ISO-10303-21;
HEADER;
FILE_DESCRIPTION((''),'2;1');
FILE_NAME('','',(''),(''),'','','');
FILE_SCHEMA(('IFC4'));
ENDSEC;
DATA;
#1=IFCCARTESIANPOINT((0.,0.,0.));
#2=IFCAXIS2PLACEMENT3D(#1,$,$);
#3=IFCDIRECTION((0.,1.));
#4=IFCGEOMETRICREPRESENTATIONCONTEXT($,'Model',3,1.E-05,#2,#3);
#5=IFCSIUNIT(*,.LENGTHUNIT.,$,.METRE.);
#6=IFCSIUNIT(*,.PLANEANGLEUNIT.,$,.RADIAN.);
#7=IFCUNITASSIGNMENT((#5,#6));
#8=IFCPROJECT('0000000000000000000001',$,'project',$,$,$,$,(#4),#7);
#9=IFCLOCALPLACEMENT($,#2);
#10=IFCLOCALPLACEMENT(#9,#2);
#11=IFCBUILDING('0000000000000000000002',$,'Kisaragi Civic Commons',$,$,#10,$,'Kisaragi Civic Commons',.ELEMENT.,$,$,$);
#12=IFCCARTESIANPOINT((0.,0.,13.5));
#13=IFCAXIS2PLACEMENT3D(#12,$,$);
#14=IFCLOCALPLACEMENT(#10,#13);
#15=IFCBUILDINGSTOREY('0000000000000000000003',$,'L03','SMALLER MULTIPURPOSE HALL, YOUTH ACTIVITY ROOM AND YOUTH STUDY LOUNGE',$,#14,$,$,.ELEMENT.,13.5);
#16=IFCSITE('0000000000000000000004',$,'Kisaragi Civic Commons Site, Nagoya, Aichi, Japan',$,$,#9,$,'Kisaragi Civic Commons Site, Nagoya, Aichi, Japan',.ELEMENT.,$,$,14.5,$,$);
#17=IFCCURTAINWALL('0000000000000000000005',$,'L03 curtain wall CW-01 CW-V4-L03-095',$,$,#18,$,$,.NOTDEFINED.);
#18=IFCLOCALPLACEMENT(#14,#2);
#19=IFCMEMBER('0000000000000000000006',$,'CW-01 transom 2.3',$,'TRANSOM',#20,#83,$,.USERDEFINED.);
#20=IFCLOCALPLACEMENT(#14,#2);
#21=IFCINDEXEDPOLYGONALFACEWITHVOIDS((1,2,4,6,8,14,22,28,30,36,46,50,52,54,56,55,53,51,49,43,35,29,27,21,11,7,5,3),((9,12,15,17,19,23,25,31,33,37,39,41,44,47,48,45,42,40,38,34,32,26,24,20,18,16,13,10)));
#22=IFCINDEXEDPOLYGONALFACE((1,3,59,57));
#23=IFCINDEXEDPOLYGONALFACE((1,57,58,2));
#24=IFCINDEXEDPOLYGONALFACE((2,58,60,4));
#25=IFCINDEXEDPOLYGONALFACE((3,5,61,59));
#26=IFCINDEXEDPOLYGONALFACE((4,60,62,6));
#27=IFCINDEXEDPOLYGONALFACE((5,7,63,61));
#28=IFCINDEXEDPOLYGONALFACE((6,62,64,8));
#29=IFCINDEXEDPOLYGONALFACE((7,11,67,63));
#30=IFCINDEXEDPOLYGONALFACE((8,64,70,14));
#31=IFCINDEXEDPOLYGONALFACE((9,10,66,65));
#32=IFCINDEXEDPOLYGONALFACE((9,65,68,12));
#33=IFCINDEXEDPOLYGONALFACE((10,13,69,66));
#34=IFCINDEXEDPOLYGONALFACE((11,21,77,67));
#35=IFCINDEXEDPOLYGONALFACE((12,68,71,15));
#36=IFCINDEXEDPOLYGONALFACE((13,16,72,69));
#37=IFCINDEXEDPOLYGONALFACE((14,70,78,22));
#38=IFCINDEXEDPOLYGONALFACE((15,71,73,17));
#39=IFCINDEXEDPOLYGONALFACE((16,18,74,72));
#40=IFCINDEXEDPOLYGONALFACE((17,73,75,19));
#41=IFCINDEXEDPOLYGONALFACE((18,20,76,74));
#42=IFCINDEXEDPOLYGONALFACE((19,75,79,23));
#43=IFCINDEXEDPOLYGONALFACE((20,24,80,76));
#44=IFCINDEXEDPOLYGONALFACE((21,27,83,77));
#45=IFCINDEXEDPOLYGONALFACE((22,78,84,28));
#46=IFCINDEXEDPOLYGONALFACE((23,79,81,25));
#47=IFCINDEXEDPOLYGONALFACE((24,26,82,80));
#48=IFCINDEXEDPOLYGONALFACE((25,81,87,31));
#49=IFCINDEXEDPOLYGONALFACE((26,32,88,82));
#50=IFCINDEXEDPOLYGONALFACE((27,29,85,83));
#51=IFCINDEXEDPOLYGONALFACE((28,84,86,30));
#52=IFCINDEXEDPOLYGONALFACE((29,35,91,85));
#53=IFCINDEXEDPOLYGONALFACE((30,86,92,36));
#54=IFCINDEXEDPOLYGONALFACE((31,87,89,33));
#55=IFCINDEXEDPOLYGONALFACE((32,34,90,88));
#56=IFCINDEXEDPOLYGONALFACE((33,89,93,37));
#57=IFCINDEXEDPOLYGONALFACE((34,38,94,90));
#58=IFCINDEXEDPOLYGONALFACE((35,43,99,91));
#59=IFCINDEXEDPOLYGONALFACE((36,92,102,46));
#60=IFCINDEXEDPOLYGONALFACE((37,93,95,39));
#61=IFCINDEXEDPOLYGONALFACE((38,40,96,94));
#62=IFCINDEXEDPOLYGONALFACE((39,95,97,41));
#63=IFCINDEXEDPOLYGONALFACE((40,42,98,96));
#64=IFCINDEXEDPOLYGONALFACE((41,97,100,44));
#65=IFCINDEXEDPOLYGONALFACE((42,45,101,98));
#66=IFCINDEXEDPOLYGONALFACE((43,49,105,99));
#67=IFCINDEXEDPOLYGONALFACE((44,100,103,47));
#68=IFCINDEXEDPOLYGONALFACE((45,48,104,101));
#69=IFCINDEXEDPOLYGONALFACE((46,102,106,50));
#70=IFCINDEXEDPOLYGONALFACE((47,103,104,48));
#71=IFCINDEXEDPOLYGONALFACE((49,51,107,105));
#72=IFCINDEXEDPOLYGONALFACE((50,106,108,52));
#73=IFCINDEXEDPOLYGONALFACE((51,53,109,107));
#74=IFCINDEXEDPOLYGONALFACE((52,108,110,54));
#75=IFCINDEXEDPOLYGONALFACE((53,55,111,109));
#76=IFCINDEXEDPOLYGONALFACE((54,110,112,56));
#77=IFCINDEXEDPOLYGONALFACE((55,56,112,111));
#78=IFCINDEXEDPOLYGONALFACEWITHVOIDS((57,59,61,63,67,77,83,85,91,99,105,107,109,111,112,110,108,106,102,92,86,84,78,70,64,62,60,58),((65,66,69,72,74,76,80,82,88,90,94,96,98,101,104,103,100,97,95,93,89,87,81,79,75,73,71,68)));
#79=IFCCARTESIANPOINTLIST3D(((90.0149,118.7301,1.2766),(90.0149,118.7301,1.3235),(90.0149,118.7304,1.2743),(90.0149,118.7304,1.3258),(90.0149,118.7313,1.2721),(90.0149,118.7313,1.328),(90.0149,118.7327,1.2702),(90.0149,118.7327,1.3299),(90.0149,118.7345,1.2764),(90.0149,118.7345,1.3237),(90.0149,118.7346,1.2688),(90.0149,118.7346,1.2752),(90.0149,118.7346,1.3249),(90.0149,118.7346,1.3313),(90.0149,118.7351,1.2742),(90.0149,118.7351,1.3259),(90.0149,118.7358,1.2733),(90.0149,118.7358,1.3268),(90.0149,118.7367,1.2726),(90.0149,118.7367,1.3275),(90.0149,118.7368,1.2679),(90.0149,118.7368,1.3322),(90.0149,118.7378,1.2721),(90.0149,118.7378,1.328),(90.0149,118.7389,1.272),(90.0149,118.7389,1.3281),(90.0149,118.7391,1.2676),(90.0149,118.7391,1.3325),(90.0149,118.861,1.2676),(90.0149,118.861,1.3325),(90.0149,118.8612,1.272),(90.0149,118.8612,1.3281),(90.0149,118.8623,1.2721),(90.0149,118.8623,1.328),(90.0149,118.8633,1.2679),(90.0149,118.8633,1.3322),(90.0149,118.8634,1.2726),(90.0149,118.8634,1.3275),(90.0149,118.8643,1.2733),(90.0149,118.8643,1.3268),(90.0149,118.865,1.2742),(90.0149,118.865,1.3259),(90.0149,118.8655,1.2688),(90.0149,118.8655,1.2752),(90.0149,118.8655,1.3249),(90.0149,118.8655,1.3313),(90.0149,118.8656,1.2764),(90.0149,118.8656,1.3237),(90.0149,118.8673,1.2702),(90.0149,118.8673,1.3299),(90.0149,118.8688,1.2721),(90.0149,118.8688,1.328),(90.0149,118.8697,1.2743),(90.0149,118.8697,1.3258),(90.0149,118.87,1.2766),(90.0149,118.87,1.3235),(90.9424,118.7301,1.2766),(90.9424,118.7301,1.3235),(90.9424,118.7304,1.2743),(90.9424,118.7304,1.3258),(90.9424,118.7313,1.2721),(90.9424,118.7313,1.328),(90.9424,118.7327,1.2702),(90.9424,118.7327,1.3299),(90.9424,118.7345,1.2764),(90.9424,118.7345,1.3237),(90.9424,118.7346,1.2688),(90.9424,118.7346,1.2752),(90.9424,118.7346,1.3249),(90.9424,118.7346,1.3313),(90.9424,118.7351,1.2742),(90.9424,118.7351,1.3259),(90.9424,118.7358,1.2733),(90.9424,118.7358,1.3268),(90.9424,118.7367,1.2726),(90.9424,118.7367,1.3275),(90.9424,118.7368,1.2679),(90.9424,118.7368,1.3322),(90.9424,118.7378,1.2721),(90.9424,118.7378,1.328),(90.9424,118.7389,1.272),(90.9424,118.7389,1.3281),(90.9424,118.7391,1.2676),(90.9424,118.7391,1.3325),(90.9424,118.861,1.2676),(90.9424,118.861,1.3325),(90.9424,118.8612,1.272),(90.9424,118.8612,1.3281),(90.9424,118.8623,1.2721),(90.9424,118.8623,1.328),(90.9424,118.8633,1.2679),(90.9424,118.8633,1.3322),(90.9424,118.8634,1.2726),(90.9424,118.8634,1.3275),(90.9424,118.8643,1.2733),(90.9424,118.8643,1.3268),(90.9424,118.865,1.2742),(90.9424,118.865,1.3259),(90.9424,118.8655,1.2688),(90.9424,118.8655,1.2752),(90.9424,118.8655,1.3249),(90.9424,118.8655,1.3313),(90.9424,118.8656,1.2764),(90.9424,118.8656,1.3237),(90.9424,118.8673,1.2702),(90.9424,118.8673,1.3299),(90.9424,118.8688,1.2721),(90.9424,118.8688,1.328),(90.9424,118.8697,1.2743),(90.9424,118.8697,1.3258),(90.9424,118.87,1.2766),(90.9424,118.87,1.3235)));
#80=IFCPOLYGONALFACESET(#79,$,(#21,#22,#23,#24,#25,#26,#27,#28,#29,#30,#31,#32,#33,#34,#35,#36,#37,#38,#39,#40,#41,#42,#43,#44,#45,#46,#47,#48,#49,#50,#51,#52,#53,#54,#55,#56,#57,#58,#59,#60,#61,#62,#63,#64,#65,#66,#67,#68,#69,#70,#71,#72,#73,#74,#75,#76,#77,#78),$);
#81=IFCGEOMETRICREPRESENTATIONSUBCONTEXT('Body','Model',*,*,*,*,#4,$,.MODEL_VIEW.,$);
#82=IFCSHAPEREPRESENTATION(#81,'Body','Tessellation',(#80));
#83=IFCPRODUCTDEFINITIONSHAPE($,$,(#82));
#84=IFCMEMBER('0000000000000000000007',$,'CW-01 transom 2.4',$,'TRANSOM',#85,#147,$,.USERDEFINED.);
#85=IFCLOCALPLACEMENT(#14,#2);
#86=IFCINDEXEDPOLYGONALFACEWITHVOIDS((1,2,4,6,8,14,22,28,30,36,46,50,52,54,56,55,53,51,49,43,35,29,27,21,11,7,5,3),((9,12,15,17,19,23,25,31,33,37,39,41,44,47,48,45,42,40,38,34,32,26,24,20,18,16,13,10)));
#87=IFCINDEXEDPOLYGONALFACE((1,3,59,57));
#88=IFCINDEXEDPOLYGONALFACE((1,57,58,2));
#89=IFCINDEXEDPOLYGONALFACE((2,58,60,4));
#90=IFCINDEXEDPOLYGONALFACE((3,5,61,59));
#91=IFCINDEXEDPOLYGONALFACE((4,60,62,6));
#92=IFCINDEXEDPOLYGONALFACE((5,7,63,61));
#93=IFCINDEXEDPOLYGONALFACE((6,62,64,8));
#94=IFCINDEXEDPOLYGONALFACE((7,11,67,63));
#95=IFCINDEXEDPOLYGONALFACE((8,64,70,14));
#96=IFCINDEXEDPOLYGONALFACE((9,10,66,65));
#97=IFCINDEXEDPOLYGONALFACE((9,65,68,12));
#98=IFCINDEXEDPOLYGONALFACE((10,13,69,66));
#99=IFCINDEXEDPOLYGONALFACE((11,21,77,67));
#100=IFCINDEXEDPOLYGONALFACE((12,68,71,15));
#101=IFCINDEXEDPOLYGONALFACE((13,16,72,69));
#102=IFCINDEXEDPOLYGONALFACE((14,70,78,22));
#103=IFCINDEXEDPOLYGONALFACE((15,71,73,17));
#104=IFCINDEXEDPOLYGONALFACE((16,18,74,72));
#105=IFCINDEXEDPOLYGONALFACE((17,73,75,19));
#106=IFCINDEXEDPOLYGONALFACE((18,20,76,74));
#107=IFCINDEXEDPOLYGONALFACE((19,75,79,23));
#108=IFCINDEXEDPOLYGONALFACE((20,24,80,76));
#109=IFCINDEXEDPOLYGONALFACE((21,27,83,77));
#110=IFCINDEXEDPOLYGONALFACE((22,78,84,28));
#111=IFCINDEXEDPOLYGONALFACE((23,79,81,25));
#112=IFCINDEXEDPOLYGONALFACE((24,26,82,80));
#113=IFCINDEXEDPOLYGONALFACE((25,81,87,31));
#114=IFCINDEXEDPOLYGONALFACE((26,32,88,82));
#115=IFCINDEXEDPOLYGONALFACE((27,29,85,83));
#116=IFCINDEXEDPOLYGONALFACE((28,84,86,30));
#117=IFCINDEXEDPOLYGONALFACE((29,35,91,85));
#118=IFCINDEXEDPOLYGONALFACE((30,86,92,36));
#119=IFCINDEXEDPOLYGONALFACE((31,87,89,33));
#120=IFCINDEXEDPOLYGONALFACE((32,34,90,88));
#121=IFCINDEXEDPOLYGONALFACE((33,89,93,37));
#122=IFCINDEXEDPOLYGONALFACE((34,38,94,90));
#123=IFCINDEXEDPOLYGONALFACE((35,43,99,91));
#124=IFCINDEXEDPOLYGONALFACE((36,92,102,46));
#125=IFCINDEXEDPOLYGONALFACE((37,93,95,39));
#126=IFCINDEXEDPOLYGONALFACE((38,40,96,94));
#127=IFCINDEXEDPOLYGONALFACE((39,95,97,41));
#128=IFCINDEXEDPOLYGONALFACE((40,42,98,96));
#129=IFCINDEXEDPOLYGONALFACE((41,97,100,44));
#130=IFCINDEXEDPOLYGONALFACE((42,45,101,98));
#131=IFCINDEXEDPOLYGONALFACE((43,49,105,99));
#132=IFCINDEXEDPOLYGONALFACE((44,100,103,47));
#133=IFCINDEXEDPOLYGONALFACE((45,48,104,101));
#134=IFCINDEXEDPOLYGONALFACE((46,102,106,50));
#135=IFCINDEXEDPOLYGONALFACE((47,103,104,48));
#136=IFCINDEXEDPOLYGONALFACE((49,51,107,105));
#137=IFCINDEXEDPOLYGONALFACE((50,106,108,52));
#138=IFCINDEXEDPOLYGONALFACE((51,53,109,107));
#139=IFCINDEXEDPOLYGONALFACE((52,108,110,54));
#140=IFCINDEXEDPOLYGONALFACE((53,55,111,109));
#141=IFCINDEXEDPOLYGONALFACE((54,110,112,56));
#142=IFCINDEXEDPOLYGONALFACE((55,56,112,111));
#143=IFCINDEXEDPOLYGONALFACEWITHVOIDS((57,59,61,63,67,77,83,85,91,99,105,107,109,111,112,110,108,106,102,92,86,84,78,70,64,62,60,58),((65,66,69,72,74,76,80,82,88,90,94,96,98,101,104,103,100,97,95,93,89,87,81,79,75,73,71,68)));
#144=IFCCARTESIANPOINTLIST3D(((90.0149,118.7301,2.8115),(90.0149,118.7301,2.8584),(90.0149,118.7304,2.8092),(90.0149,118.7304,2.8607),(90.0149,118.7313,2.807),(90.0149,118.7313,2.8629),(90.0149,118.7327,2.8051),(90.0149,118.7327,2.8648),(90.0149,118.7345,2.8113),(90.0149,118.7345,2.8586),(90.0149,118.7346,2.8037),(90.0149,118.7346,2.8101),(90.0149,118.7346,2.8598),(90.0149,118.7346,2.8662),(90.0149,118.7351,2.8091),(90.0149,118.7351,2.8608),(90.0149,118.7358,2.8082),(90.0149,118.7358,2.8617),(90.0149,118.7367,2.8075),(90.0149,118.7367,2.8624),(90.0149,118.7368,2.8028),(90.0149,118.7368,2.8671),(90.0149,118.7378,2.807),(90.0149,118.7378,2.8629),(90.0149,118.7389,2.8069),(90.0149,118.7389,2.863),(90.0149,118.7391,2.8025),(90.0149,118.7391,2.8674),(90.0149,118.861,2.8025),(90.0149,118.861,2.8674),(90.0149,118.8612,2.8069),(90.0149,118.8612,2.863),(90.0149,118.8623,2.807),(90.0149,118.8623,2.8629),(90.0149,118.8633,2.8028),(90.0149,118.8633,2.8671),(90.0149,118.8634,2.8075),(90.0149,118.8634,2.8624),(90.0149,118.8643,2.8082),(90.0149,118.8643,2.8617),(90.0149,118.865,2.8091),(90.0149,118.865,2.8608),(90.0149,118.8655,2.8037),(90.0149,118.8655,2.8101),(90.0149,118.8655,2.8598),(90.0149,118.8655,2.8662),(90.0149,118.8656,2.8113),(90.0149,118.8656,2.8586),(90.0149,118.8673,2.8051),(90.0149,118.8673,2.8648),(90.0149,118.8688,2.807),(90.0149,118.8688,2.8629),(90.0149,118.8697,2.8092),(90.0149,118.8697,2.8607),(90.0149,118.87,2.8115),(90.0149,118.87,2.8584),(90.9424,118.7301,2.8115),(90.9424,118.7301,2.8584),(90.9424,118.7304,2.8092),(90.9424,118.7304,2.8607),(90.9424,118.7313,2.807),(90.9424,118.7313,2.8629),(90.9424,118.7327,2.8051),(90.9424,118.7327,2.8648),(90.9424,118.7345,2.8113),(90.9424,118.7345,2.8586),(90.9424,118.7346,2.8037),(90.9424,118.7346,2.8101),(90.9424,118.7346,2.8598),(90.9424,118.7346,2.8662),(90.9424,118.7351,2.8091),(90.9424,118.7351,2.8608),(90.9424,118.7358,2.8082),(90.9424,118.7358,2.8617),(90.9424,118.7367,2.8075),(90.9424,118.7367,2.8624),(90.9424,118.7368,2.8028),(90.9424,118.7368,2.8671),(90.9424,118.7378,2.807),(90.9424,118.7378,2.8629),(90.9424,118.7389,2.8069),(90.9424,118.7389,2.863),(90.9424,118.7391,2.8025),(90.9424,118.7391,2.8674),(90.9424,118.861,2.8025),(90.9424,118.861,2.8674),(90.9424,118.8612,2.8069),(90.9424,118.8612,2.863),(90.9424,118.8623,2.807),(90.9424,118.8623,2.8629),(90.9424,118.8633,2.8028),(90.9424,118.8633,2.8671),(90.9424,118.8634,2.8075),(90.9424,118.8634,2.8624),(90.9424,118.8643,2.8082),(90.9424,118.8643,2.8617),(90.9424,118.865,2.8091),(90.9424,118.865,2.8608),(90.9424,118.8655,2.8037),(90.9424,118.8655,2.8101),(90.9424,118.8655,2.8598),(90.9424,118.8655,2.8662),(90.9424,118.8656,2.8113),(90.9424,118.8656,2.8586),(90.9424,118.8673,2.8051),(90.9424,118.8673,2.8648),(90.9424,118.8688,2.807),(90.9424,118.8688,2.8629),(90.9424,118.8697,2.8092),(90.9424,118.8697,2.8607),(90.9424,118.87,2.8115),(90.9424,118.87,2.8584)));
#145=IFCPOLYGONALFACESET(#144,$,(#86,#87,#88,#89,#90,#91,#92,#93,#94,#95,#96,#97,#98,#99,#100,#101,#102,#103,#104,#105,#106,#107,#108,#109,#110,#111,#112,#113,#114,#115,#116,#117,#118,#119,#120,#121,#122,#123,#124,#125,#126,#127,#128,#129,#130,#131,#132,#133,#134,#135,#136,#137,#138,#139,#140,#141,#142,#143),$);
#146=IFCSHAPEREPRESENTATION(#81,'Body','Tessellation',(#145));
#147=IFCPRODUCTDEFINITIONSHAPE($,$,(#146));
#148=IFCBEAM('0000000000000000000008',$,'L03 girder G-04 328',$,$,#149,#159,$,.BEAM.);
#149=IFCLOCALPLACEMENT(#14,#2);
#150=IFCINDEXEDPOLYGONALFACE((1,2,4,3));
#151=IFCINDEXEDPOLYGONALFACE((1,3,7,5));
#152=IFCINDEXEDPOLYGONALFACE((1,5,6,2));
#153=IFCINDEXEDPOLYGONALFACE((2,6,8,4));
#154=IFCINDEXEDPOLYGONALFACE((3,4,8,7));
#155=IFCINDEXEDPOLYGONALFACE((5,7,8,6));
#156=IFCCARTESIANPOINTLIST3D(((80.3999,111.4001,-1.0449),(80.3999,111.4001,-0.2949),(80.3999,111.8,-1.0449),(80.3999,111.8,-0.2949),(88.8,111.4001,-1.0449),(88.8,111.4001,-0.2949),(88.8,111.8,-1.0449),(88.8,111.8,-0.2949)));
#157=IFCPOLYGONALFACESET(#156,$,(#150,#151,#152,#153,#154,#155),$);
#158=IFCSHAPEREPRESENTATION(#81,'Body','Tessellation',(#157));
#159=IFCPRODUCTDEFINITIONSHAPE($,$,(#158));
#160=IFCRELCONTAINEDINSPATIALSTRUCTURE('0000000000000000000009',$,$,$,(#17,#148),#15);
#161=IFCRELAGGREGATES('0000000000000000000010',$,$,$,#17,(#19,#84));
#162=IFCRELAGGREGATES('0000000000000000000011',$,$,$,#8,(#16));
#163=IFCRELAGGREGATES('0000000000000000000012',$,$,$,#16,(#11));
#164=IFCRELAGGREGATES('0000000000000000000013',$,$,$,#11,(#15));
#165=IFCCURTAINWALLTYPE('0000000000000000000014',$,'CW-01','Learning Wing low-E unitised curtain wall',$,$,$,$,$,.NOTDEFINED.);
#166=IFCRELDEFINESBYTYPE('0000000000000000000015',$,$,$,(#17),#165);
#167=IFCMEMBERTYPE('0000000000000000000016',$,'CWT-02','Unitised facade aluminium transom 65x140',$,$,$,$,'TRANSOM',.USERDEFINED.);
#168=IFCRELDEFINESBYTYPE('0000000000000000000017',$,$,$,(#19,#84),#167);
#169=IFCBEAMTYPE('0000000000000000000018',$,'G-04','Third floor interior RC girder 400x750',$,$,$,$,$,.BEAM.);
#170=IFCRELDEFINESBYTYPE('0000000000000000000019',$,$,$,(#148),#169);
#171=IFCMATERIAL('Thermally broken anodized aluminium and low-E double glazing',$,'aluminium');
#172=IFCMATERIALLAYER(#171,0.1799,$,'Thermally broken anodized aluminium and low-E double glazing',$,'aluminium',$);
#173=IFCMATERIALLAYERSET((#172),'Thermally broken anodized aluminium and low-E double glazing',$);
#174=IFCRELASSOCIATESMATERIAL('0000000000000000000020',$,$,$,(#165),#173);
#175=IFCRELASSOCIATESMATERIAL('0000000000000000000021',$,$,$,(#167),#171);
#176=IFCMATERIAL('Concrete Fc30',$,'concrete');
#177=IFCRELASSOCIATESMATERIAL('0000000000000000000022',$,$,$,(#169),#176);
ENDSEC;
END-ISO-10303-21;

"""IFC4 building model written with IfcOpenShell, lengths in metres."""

from ifc_helpers import new_model, si_unit, direction, frame, origin, origin_2d, place, context, subcontext, project, spatial, rectangle, hollow_rectangle, extrude, material, layer, layer_set, material_profile, profile_set, type_object, element, aggregate, save


model = new_model("IFC4")

# Units and contexts
model_context = context("Model", 3, precision=1e-05, world=origin(), true_north=direction((0.0, 1.0)))
body_context = subcontext(model_context, "Body", "Model", "MODEL_VIEW")
ifc_project = project(units=[si_unit("LENGTHUNIT", "METRE"), si_unit("PLANEANGLEUNIT", "RADIAN")], contexts=[model_context])

# Site, building, storey
site_placement = place(None, origin())
site = spatial("IfcSite", under=ifc_project, at=site_placement, Name="Kisaragi Civic Commons Site, Nagoya, Aichi, Japan", LongName="Kisaragi Civic Commons Site, Nagoya, Aichi, Japan", CompositionType="ELEMENT", RefElevation=14.5)
building_placement = place(site_placement, origin())
building = spatial("IfcBuilding", under=site, at=building_placement, Name="Kisaragi Civic Commons", LongName="Kisaragi Civic Commons", CompositionType="ELEMENT")
storey_placement = place(building_placement, frame((0.0, 0.0, 13.5)))
storey = spatial("IfcBuildingStorey", under=building, at=storey_placement, Name="L03", Description="SMALLER MULTIPURPOSE HALL, YOUTH ACTIVITY ROOM AND YOUTH STUDY LOUNGE", CompositionType="ELEMENT", Elevation=13.5)

# Shared definitions
ifc_material_1 = material(Name="Concrete Fc30", Category="concrete")

# Curtain wall, members
ifc_material_2 = material(Name="Thermally broken anodized aluminium and low-E double glazing", Category="aluminium")
ifc_layer_1 = layer(ifc_material_2, 0.1799, Name="Thermally broken anodized aluminium and low-E double glazing", Category="aluminium")
ifc_layer_set_1 = layer_set([ifc_layer_1], Name="Thermally broken anodized aluminium and low-E double glazing")
curtain_wall_type = type_object("IfcCurtainWallType", Name="CW-01", Description="Learning Wing low-E unitised curtain wall", PredefinedType="NOTDEFINED", material=ifc_layer_set_1)
curtain_wall_placement = place(storey_placement, origin())
curtain_wall = element("IfcCurtainWall", 1, at=curtain_wall_placement, inside=storey, type_object=curtain_wall_type, Name="L03 curtain wall CW-01 CW-V4-L03-095", PredefinedType="NOTDEFINED")
ifc_material_profile_1 = material_profile(ifc_material_2, hollow_rectangle(XDim=0.1399, YDim=0.0649, WallThickness=0.0044, InnerFilletRadius=0.0044, OuterFilletRadius=0.009, at=origin_2d()), Name="CWT-65x140x4.5", Category="aluminium")
ifc_profile_set_1 = profile_set([ifc_material_profile_1], Name="Thermally broken anodized aluminium and low-E double glazing")
member_type_1 = type_object("IfcMemberType", Name="CWT-02", Description="Unitised facade aluminium transom 65x140", ElementType="TRANSOM", PredefinedType="USERDEFINED", material=ifc_profile_set_1)
member_1_placement = place(storey_placement, frame((90.0149, 118.8, 1.3), z_axis=(1.0, 0.0, 0.0), x_axis=(0.0, 1.0, 0.0)))
member_1 = element("IfcMember", 2, at=member_1_placement, type_object=member_type_1, Name="CW-01 transom 2.3", ObjectType="TRANSOM", PredefinedType="USERDEFINED", context=body_context, shape_type="SweptSolid", body=[
    extrude(hollow_rectangle(XDim=0.1399, YDim=0.0649, WallThickness=0.0044, InnerFilletRadius=0.0044, OuterFilletRadius=0.009, at=origin_2d()), origin(), (0.0, 0.0, 1.0), 0.9275),
])
member_2_placement = place(storey_placement, frame((90.0149, 118.8, 2.835), z_axis=(1.0, 0.0, 0.0), x_axis=(0.0, 1.0, 0.0)))
member_2 = element("IfcMember", 3, at=member_2_placement, type_object=member_type_1, Name="CW-01 transom 2.4", ObjectType="TRANSOM", PredefinedType="USERDEFINED", context=body_context, shape_type="SweptSolid", body=[
    extrude(hollow_rectangle(XDim=0.1399, YDim=0.0649, WallThickness=0.0044, InnerFilletRadius=0.0044, OuterFilletRadius=0.009, at=origin_2d()), origin(), (0.0, 0.0, 1.0), 0.9275),
])

# Beam
ifc_material_profile_2 = material_profile(ifc_material_1, rectangle(XDim=0.3999, YDim=0.75, at=origin_2d()), Name="RC-400x750", Category="concrete")
ifc_profile_set_2 = profile_set([ifc_material_profile_2], Name="Concrete Fc30")
beam_type_1 = type_object("IfcBeamType", Name="G-04", Description="Third floor interior RC girder 400x750", PredefinedType="BEAM", material=ifc_profile_set_2)
beam_1_placement = place(storey_placement, frame((80.3999, 111.6001, -0.6699), z_axis=(1.0, 0.0, 0.0), x_axis=(0.0, 1.0, 0.0)))
element("IfcBeam", 4, at=beam_1_placement, inside=storey, type_object=beam_type_1, Name="L03 girder G-04 328", PredefinedType="BEAM", context=body_context, shape_type="SweptSolid", body=[
    extrude(rectangle(XDim=0.3999, YDim=0.75, at=origin_2d()), origin(), (0.0, 0.0, 1.0), 8.4001),
])

aggregate(curtain_wall, [member_1, member_2])

save(model, "model.ifc")
